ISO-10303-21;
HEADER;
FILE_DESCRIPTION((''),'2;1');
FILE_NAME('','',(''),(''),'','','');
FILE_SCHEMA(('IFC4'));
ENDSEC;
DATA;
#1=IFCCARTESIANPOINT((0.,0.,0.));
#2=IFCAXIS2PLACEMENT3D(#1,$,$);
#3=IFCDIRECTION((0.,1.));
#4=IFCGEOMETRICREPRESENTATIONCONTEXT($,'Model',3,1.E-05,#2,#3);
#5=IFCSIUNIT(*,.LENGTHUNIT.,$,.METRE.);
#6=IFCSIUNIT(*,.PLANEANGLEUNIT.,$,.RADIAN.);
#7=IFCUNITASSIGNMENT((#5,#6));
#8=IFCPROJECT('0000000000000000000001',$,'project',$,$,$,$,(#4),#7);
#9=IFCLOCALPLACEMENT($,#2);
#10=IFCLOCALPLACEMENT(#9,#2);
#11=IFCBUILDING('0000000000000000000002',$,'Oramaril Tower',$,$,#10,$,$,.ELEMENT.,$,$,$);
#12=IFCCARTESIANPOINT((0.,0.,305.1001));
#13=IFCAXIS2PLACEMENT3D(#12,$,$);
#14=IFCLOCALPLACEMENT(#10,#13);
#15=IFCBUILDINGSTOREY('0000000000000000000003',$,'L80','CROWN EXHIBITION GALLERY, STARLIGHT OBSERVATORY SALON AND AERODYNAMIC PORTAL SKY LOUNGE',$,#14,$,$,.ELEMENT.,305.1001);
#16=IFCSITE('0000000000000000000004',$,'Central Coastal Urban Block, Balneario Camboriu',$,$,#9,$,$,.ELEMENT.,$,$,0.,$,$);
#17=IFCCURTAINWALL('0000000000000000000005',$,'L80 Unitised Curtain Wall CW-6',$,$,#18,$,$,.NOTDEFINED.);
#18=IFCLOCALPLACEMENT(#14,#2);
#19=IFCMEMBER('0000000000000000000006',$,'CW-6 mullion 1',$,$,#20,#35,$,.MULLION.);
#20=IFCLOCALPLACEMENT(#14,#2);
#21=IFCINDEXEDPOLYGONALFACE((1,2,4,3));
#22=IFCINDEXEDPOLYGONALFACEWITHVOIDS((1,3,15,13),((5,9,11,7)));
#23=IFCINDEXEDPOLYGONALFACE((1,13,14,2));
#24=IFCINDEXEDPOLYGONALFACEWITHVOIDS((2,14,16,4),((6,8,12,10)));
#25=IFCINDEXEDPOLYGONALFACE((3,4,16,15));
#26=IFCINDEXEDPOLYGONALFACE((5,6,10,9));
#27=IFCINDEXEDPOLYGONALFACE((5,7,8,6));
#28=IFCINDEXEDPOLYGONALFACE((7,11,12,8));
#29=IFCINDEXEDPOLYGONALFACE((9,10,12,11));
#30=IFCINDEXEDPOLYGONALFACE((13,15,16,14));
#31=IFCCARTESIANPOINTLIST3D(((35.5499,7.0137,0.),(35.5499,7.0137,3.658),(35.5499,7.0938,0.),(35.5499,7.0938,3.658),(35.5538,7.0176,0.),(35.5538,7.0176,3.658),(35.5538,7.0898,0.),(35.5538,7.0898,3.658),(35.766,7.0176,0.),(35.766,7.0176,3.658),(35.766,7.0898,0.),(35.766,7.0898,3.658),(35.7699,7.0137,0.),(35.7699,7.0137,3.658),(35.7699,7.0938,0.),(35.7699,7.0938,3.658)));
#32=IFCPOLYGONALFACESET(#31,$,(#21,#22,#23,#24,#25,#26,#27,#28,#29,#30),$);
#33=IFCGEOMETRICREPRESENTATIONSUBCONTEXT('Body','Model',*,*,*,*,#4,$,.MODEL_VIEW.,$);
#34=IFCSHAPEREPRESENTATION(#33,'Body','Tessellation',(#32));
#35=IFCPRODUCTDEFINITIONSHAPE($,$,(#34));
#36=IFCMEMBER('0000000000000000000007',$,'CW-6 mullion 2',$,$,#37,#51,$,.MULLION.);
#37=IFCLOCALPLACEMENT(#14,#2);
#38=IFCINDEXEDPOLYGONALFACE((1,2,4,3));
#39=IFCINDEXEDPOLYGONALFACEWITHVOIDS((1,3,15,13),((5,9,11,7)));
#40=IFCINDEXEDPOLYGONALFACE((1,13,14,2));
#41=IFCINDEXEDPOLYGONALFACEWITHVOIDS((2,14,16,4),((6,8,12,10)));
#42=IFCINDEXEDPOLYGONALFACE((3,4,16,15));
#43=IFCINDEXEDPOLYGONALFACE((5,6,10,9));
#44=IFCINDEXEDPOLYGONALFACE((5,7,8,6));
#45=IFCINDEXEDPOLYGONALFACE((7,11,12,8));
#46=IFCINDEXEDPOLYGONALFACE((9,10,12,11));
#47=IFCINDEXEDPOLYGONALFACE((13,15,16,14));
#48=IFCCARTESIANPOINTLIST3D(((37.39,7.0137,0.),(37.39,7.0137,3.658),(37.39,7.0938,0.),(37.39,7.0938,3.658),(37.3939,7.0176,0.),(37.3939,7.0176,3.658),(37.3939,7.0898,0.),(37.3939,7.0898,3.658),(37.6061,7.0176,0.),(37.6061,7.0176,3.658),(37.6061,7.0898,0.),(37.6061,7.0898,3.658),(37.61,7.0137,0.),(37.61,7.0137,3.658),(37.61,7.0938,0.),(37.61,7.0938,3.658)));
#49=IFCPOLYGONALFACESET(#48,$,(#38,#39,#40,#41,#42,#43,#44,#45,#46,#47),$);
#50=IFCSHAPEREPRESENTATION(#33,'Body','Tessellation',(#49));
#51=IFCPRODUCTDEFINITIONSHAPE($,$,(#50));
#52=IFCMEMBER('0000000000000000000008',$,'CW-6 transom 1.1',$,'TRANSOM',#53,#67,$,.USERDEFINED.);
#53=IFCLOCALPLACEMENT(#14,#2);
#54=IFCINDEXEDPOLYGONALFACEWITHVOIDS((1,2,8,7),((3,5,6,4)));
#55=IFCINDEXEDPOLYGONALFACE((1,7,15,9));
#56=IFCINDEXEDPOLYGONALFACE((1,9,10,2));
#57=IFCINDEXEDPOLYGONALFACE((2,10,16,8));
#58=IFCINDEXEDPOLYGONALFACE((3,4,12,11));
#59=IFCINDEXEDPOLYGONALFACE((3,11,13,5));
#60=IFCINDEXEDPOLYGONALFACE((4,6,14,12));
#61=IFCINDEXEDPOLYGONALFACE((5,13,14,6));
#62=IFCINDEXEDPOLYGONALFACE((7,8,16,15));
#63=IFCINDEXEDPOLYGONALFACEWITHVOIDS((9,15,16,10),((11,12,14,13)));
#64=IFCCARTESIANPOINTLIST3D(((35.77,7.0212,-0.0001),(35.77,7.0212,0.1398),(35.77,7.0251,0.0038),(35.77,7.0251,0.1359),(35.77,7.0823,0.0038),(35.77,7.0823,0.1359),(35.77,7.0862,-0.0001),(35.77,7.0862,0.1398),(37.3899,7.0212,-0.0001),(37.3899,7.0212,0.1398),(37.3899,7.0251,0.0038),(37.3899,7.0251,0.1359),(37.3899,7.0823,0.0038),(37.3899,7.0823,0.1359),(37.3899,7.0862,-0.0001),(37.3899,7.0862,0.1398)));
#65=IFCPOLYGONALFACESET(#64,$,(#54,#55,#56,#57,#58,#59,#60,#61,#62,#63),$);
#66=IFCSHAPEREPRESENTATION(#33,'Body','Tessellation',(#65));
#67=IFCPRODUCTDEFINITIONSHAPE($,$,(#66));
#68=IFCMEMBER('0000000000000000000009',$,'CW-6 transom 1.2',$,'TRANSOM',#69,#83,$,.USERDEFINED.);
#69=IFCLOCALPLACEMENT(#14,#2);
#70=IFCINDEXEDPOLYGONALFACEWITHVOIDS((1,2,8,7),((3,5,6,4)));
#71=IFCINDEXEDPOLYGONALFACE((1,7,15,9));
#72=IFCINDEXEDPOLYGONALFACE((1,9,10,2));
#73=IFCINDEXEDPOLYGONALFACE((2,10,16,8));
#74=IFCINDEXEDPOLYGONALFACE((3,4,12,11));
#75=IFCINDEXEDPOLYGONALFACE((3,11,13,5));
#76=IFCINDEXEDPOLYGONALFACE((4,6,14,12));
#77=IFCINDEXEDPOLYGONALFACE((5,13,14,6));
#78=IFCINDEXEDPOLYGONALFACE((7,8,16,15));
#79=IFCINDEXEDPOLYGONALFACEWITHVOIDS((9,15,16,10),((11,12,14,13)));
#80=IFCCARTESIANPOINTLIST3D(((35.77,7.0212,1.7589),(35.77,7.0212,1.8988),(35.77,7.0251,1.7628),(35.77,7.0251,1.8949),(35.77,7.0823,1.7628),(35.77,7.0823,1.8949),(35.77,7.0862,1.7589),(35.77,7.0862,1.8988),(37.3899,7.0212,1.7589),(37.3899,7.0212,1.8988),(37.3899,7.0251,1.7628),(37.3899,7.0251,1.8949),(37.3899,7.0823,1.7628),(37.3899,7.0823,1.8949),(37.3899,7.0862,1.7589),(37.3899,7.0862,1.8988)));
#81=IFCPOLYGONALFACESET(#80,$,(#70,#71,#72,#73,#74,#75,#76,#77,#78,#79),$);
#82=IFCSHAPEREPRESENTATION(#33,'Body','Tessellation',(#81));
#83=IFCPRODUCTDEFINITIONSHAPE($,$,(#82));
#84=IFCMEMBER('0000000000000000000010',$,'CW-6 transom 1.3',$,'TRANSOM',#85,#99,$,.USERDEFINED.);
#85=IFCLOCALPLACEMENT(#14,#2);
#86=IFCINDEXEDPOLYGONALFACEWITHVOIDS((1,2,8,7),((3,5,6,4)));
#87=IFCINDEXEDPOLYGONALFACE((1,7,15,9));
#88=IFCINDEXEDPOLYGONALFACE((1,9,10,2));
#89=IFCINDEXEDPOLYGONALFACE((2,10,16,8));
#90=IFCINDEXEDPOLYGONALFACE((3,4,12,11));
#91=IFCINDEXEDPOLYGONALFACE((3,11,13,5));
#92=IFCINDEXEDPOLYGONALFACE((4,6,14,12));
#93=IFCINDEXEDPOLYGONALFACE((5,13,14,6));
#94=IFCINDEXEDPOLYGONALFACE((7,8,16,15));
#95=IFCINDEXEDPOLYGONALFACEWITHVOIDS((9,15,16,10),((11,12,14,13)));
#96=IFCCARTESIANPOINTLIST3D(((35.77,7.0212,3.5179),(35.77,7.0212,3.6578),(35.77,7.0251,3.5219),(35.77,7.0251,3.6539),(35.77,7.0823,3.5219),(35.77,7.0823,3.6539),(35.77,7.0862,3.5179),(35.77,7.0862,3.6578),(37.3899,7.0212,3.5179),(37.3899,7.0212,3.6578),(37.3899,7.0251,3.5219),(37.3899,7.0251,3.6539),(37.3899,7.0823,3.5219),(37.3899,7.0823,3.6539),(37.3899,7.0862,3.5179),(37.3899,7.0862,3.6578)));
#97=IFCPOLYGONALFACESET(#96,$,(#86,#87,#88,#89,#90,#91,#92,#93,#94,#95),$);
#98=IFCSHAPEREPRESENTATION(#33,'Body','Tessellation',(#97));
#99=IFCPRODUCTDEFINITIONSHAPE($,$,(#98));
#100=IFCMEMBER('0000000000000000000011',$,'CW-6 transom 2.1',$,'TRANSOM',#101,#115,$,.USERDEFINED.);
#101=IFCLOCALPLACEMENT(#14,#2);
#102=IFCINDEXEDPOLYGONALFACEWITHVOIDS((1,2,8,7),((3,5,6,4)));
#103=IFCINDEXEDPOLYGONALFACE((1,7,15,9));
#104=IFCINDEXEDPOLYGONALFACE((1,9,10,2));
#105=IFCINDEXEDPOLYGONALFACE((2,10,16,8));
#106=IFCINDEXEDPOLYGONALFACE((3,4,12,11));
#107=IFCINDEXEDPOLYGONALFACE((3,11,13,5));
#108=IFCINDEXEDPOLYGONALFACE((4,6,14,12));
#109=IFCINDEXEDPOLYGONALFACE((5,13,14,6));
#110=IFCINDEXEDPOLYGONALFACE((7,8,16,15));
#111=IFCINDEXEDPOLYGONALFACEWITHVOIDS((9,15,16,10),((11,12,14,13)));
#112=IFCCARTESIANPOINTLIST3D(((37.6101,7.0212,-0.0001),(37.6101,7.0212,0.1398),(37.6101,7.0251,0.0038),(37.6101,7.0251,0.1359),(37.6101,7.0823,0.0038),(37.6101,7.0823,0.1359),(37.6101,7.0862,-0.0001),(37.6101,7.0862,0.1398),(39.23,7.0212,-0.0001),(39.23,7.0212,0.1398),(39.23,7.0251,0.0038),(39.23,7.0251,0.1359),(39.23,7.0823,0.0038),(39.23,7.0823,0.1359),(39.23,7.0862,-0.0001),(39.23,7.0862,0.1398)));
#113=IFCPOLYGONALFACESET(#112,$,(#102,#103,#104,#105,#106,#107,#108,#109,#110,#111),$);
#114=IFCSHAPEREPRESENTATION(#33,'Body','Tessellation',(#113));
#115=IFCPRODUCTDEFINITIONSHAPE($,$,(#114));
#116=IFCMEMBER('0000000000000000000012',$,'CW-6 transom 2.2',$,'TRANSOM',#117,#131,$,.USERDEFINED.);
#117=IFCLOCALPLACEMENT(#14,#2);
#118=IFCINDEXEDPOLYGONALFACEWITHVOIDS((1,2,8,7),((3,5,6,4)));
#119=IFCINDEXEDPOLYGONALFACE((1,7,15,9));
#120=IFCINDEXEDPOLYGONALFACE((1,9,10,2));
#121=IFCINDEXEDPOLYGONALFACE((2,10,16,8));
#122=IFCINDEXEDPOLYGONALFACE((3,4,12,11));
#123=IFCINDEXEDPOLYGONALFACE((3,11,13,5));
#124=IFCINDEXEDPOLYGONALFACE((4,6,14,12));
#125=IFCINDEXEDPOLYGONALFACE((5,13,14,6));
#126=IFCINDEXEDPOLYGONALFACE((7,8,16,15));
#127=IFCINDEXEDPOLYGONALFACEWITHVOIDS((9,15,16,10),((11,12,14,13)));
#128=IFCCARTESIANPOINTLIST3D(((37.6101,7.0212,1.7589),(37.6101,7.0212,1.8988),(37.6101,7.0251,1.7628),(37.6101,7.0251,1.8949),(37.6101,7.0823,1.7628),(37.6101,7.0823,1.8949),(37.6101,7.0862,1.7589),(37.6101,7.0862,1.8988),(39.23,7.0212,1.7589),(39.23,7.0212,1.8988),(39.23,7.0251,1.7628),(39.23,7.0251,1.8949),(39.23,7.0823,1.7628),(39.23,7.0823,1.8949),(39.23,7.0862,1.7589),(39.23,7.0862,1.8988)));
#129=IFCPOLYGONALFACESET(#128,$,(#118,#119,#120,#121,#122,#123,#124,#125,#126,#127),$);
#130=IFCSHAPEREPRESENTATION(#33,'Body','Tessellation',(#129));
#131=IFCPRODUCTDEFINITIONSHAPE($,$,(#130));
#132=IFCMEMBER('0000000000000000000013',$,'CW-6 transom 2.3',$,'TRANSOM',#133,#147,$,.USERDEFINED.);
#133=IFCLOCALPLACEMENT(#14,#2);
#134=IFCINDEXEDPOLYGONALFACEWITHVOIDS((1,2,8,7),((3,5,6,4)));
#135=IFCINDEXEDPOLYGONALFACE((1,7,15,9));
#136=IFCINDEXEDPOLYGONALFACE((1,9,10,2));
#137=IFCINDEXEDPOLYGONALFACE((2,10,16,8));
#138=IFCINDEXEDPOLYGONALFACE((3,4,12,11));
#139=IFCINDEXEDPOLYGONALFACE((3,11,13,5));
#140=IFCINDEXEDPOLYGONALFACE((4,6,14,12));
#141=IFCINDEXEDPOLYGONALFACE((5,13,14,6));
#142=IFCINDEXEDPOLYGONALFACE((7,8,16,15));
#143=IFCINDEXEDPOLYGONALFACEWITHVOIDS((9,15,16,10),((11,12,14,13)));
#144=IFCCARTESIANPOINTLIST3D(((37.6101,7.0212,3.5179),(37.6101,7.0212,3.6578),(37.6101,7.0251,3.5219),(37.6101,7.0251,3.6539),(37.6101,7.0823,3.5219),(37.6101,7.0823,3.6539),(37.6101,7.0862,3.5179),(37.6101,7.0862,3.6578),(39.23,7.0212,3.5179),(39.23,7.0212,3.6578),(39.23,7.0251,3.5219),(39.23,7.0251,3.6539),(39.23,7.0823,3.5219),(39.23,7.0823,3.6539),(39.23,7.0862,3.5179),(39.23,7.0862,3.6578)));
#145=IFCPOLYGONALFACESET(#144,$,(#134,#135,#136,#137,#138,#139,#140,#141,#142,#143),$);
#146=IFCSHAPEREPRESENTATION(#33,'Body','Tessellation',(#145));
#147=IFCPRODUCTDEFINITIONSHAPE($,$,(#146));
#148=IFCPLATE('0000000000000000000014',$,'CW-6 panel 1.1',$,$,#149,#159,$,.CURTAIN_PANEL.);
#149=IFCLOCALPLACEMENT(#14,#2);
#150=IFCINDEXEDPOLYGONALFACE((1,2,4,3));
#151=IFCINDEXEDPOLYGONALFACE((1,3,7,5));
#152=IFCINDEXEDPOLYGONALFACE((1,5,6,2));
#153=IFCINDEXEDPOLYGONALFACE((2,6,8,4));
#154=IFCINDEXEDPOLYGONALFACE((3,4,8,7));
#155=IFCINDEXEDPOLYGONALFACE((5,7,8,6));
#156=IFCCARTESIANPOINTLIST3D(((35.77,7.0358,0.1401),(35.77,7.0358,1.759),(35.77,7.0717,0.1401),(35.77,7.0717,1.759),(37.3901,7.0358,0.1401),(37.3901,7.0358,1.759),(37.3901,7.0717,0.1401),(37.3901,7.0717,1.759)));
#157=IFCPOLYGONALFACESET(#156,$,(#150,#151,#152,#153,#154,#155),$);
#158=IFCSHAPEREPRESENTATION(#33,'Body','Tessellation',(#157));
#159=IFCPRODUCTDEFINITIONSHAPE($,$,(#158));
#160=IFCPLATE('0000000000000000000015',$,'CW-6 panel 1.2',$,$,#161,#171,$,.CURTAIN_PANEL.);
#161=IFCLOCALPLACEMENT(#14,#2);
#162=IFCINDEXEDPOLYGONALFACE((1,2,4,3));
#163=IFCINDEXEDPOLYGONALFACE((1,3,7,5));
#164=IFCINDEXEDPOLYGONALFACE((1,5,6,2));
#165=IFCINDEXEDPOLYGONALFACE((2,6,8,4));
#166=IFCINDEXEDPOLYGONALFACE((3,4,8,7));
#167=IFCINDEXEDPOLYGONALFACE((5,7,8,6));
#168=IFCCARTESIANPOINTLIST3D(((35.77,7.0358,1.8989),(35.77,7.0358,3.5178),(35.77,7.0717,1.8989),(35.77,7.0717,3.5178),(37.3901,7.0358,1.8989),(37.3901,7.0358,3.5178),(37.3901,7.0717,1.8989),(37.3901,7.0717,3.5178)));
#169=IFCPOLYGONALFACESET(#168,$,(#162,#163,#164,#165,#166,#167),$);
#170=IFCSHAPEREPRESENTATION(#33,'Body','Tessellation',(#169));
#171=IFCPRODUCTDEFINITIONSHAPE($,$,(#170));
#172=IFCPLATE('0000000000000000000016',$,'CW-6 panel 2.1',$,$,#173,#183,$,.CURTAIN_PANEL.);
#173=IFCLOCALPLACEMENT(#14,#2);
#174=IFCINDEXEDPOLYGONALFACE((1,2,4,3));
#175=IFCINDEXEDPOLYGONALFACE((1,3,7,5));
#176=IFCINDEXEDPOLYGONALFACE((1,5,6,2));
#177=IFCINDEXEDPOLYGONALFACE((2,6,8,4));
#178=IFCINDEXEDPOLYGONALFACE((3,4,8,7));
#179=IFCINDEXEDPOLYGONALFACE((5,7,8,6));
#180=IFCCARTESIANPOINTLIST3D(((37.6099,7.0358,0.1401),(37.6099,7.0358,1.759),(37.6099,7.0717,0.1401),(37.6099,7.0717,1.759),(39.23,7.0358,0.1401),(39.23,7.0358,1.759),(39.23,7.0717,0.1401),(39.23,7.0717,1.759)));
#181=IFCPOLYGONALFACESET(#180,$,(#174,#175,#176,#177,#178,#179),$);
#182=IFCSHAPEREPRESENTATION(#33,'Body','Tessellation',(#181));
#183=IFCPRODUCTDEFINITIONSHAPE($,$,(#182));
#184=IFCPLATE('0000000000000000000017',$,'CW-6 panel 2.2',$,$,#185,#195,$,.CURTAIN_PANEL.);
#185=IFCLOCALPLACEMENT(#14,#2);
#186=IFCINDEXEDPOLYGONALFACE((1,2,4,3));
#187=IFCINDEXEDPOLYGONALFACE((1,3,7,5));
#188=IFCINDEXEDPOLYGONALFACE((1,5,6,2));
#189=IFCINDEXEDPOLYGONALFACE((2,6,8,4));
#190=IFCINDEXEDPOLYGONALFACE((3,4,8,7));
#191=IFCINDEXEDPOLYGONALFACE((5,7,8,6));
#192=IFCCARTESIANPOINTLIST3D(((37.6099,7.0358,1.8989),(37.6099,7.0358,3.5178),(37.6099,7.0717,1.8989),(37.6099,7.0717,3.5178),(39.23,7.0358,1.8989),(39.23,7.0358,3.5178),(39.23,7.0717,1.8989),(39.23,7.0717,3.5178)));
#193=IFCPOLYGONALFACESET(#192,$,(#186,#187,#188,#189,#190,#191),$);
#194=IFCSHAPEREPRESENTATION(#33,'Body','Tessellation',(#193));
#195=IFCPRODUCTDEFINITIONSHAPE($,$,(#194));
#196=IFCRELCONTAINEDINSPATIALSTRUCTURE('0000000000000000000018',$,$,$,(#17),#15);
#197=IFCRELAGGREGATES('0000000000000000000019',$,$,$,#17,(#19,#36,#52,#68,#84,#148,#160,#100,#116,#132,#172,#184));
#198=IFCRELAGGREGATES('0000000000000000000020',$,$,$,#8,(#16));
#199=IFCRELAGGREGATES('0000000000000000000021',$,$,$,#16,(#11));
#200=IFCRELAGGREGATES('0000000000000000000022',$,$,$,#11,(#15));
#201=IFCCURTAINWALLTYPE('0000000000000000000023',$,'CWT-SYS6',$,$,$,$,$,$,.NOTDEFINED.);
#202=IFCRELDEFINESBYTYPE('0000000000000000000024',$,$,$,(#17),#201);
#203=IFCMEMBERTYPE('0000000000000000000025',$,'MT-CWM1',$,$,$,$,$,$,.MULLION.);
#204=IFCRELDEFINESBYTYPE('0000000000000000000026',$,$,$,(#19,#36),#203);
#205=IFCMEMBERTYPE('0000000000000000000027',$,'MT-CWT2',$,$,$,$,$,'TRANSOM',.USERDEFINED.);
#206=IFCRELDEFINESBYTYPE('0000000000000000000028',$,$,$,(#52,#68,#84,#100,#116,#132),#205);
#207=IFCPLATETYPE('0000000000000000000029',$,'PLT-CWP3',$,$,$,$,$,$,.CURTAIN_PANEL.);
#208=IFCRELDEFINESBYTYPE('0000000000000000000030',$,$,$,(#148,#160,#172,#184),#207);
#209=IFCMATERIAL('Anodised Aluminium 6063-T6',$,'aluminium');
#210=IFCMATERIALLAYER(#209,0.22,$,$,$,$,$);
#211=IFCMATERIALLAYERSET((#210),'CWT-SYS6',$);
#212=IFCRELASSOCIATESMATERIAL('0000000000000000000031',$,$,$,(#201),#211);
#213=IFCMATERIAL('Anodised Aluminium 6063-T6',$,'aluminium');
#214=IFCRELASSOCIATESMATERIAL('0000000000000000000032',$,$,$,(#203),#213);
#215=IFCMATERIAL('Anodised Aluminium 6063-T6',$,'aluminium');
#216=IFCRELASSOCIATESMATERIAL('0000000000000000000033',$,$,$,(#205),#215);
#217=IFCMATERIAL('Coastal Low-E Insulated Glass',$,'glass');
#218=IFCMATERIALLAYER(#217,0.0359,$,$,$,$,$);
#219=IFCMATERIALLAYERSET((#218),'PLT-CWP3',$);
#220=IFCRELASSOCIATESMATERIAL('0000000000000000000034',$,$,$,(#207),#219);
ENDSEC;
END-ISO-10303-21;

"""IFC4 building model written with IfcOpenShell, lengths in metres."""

from ifc_helpers import new_model, si_unit, direction, frame, origin, origin_2d, place, context, subcontext, project, spatial, rectangle, hollow_rectangle, extrude, material, layer, layer_set, material_profile, profile_set, type_object, element, aggregate, save


model = new_model("IFC4")

# Units and contexts
model_context = context("Model", 3, precision=1e-05, world=origin(), true_north=direction((0.0, 1.0)))
body_context = subcontext(model_context, "Body", "Model", "MODEL_VIEW")
ifc_project = project(units=[si_unit("LENGTHUNIT", "METRE"), si_unit("PLANEANGLEUNIT", "RADIAN")], contexts=[model_context])

# Site, building, storey
site_placement = place(None, origin())
site = spatial("IfcSite", under=ifc_project, at=site_placement, Name="Central Coastal Urban Block, Balneario Camboriu", CompositionType="ELEMENT", RefElevation=0.0)
building_placement = place(site_placement, origin())
building = spatial("IfcBuilding", under=site, at=building_placement, Name="Oramaril Tower", CompositionType="ELEMENT")
storey_placement = place(building_placement, frame((0.0, 0.0, 305.1001)))
storey = spatial("IfcBuildingStorey", under=building, at=storey_placement, Name="L80", Description="CROWN EXHIBITION GALLERY, STARLIGHT OBSERVATORY SALON AND AERODYNAMIC PORTAL SKY LOUNGE", CompositionType="ELEMENT", Elevation=305.1001)

# Curtain wall, members, plates
ifc_material_1 = material(Name="Anodised Aluminium 6063-T6", Category="aluminium")
ifc_layer_1 = layer(ifc_material_1, 0.22)
ifc_layer_set_1 = layer_set([ifc_layer_1], Name="CWT-SYS6")
curtain_wall_type = type_object("IfcCurtainWallType", Name="CWT-SYS6", PredefinedType="NOTDEFINED", material=ifc_layer_set_1)
curtain_wall_placement = place(storey_placement, origin())
curtain_wall = element("IfcCurtainWall", 1, at=curtain_wall_placement, inside=storey, type_object=curtain_wall_type, Name="L80 Unitised Curtain Wall CW-6", PredefinedType="NOTDEFINED")
ifc_material_2 = material(Name="Anodised Aluminium 6063-T6", Category="aluminium")
ifc_material_profile_1 = material_profile(ifc_material_2, hollow_rectangle(XDim=0.0801, YDim=0.22, WallThickness=0.0039, at=origin_2d()), Name="CWM220X80")
ifc_profile_set_1 = profile_set([ifc_material_profile_1], Name="Anodised Aluminium 6063-T6")
member_type_1 = type_object("IfcMemberType", Name="MT-CWM1", PredefinedType="MULLION", material=ifc_profile_set_1)
member_1_placement = place(storey_placement, frame((35.6599, 7.0537, 0.0), z_axis=(0.0, 0.0, 1.0), x_axis=(0.0, 1.0, 0.0)))
member_1 = element("IfcMember", 2, at=member_1_placement, type_object=member_type_1, Name="CW-6 mullion 1", PredefinedType="MULLION", context=body_context, shape_type="SweptSolid", body=[
    extrude(hollow_rectangle(XDim=0.0801, YDim=0.22, WallThickness=0.0039, at=origin_2d()), origin(), (0.0, 0.0, 1.0), 3.658),
])
member_2_placement = place(storey_placement, frame((37.5, 7.0537, 0.0), z_axis=(0.0, 0.0, 1.0), x_axis=(0.0, 1.0, 0.0)))
member_2 = element("IfcMember", 3, at=member_2_placement, type_object=member_type_1, Name="CW-6 mullion 2", PredefinedType="MULLION", context=body_context, shape_type="SweptSolid", body=[
    extrude(hollow_rectangle(XDim=0.0801, YDim=0.22, WallThickness=0.0039, at=origin_2d()), origin(), (0.0, 0.0, 1.0), 3.658),
])
ifc_material_3 = material(Name="Anodised Aluminium 6063-T6", Category="aluminium")
ifc_material_profile_2 = material_profile(ifc_material_3, hollow_rectangle(XDim=0.0649, YDim=0.1399, WallThickness=0.0039, at=origin_2d()), Name="CWT140X65")
ifc_profile_set_2 = profile_set([ifc_material_profile_2], Name="Anodised Aluminium 6063-T6")
member_type_2 = type_object("IfcMemberType", Name="MT-CWT2", ElementType="TRANSOM", PredefinedType="USERDEFINED", material=ifc_profile_set_2)
member_3_placement = place(storey_placement, frame((35.77, 7.0537, 0.0698), z_axis=(1.0, 0.0, 0.0), x_axis=(0.0, 1.0, 0.0)))
member_3 = element("IfcMember", 4, at=member_3_placement, type_object=member_type_2, Name="CW-6 transom 1.1", ObjectType="TRANSOM", PredefinedType="USERDEFINED", context=body_context, shape_type="SweptSolid", body=[
    extrude(hollow_rectangle(XDim=0.0649, YDim=0.1399, WallThickness=0.0039, at=origin_2d()), origin(), (0.0, 0.0, 1.0), 1.6199),
])
member_4_placement = place(storey_placement, frame((35.77, 7.0537, 1.8289), z_axis=(1.0, 0.0, 0.0), x_axis=(0.0, 1.0, 0.0)))
member_4 = element("IfcMember", 5, at=member_4_placement, type_object=member_type_2, Name="CW-6 transom 1.2", ObjectType="TRANSOM", PredefinedType="USERDEFINED", context=body_context, shape_type="SweptSolid", body=[
    extrude(hollow_rectangle(XDim=0.0649, YDim=0.1399, WallThickness=0.0039, at=origin_2d()), origin(), (0.0, 0.0, 1.0), 1.6199),
])
member_5_placement = place(storey_placement, frame((35.77, 7.0537, 3.5879), z_axis=(1.0, 0.0, 0.0), x_axis=(0.0, 1.0, 0.0)))
member_5 = element("IfcMember", 6, at=member_5_placement, type_object=member_type_2, Name="CW-6 transom 1.3", ObjectType="TRANSOM", PredefinedType="USERDEFINED", context=body_context, shape_type="SweptSolid", body=[
    extrude(hollow_rectangle(XDim=0.0649, YDim=0.1399, WallThickness=0.0039, at=origin_2d()), origin(), (0.0, 0.0, 1.0), 1.6199),
])
member_6_placement = place(storey_placement, frame((37.6101, 7.0537, 0.0698), z_axis=(1.0, 0.0, 0.0), x_axis=(0.0, 1.0, 0.0)))
member_6 = element("IfcMember", 7, at=member_6_placement, type_object=member_type_2, Name="CW-6 transom 2.1", ObjectType="TRANSOM", PredefinedType="USERDEFINED", context=body_context, shape_type="SweptSolid", body=[
    extrude(hollow_rectangle(XDim=0.0649, YDim=0.1399, WallThickness=0.0039, at=origin_2d()), origin(), (0.0, 0.0, 1.0), 1.6199),
])
member_7_placement = place(storey_placement, frame((37.6101, 7.0537, 1.8289), z_axis=(1.0, 0.0, 0.0), x_axis=(0.0, 1.0, 0.0)))
member_7 = element("IfcMember", 8, at=member_7_placement, type_object=member_type_2, Name="CW-6 transom 2.2", ObjectType="TRANSOM", PredefinedType="USERDEFINED", context=body_context, shape_type="SweptSolid", body=[
    extrude(hollow_rectangle(XDim=0.0649, YDim=0.1399, WallThickness=0.0039, at=origin_2d()), origin(), (0.0, 0.0, 1.0), 1.6199),
])
member_8_placement = place(storey_placement, frame((37.6101, 7.0537, 3.5879), z_axis=(1.0, 0.0, 0.0), x_axis=(0.0, 1.0, 0.0)))
member_8 = element("IfcMember", 9, at=member_8_placement, type_object=member_type_2, Name="CW-6 transom 2.3", ObjectType="TRANSOM", PredefinedType="USERDEFINED", context=body_context, shape_type="SweptSolid", body=[
    extrude(hollow_rectangle(XDim=0.0649, YDim=0.1399, WallThickness=0.0039, at=origin_2d()), origin(), (0.0, 0.0, 1.0), 1.6199),
])
ifc_material_4 = material(Name="Coastal Low-E Insulated Glass", Category="glass")
ifc_layer_2 = layer(ifc_material_4, 0.0359)
ifc_layer_set_2 = layer_set([ifc_layer_2], Name="PLT-CWP3")
plate_type = type_object("IfcPlateType", Name="PLT-CWP3", PredefinedType="CURTAIN_PANEL", material=ifc_layer_set_2)
plate_1_placement = place(storey_placement, frame((36.5801, 7.0537, 0.1401), z_axis=(0.0, 0.0, 1.0), x_axis=(1.0, 0.0, 0.0)))
plate_1 = element("IfcPlate", 10, at=plate_1_placement, type_object=plate_type, Name="CW-6 panel 1.1", PredefinedType="CURTAIN_PANEL", context=body_context, shape_type="SweptSolid", body=[
    extrude(rectangle(XDim=1.6201, YDim=0.0359, at=origin_2d()), origin(), (0.0, 0.0, 1.0), 1.6189),
])
plate_2_placement = place(storey_placement, frame((36.5801, 7.0537, 1.8989), z_axis=(0.0, 0.0, 1.0), x_axis=(1.0, 0.0, 0.0)))
plate_2 = element("IfcPlate", 11, at=plate_2_placement, type_object=plate_type, Name="CW-6 panel 1.2", PredefinedType="CURTAIN_PANEL", context=body_context, shape_type="SweptSolid", body=[
    extrude(rectangle(XDim=1.6201, YDim=0.0359, at=origin_2d()), origin(), (0.0, 0.0, 1.0), 1.6189),
])
plate_3_placement = place(storey_placement, frame((38.4199, 7.0537, 0.1401), z_axis=(0.0, 0.0, 1.0), x_axis=(1.0, 0.0, 0.0)))
plate_3 = element("IfcPlate", 12, at=plate_3_placement, type_object=plate_type, Name="CW-6 panel 2.1", PredefinedType="CURTAIN_PANEL", context=body_context, shape_type="SweptSolid", body=[
    extrude(rectangle(XDim=1.6201, YDim=0.0359, at=origin_2d()), origin(), (0.0, 0.0, 1.0), 1.6189),
])
plate_4_placement = place(storey_placement, frame((38.4199, 7.0537, 1.8989), z_axis=(0.0, 0.0, 1.0), x_axis=(1.0, 0.0, 0.0)))
plate_4 = element("IfcPlate", 13, at=plate_4_placement, type_object=plate_type, Name="CW-6 panel 2.2", PredefinedType="CURTAIN_PANEL", context=body_context, shape_type="SweptSolid", body=[
    extrude(rectangle(XDim=1.6201, YDim=0.0359, at=origin_2d()), origin(), (0.0, 0.0, 1.0), 1.6189),
])
aggregate(curtain_wall, [member_1, member_2, member_3, member_4, member_5, plate_1, plate_2, member_6, member_7, member_8, plate_3, plate_4])

save(model, "model.ifc")
